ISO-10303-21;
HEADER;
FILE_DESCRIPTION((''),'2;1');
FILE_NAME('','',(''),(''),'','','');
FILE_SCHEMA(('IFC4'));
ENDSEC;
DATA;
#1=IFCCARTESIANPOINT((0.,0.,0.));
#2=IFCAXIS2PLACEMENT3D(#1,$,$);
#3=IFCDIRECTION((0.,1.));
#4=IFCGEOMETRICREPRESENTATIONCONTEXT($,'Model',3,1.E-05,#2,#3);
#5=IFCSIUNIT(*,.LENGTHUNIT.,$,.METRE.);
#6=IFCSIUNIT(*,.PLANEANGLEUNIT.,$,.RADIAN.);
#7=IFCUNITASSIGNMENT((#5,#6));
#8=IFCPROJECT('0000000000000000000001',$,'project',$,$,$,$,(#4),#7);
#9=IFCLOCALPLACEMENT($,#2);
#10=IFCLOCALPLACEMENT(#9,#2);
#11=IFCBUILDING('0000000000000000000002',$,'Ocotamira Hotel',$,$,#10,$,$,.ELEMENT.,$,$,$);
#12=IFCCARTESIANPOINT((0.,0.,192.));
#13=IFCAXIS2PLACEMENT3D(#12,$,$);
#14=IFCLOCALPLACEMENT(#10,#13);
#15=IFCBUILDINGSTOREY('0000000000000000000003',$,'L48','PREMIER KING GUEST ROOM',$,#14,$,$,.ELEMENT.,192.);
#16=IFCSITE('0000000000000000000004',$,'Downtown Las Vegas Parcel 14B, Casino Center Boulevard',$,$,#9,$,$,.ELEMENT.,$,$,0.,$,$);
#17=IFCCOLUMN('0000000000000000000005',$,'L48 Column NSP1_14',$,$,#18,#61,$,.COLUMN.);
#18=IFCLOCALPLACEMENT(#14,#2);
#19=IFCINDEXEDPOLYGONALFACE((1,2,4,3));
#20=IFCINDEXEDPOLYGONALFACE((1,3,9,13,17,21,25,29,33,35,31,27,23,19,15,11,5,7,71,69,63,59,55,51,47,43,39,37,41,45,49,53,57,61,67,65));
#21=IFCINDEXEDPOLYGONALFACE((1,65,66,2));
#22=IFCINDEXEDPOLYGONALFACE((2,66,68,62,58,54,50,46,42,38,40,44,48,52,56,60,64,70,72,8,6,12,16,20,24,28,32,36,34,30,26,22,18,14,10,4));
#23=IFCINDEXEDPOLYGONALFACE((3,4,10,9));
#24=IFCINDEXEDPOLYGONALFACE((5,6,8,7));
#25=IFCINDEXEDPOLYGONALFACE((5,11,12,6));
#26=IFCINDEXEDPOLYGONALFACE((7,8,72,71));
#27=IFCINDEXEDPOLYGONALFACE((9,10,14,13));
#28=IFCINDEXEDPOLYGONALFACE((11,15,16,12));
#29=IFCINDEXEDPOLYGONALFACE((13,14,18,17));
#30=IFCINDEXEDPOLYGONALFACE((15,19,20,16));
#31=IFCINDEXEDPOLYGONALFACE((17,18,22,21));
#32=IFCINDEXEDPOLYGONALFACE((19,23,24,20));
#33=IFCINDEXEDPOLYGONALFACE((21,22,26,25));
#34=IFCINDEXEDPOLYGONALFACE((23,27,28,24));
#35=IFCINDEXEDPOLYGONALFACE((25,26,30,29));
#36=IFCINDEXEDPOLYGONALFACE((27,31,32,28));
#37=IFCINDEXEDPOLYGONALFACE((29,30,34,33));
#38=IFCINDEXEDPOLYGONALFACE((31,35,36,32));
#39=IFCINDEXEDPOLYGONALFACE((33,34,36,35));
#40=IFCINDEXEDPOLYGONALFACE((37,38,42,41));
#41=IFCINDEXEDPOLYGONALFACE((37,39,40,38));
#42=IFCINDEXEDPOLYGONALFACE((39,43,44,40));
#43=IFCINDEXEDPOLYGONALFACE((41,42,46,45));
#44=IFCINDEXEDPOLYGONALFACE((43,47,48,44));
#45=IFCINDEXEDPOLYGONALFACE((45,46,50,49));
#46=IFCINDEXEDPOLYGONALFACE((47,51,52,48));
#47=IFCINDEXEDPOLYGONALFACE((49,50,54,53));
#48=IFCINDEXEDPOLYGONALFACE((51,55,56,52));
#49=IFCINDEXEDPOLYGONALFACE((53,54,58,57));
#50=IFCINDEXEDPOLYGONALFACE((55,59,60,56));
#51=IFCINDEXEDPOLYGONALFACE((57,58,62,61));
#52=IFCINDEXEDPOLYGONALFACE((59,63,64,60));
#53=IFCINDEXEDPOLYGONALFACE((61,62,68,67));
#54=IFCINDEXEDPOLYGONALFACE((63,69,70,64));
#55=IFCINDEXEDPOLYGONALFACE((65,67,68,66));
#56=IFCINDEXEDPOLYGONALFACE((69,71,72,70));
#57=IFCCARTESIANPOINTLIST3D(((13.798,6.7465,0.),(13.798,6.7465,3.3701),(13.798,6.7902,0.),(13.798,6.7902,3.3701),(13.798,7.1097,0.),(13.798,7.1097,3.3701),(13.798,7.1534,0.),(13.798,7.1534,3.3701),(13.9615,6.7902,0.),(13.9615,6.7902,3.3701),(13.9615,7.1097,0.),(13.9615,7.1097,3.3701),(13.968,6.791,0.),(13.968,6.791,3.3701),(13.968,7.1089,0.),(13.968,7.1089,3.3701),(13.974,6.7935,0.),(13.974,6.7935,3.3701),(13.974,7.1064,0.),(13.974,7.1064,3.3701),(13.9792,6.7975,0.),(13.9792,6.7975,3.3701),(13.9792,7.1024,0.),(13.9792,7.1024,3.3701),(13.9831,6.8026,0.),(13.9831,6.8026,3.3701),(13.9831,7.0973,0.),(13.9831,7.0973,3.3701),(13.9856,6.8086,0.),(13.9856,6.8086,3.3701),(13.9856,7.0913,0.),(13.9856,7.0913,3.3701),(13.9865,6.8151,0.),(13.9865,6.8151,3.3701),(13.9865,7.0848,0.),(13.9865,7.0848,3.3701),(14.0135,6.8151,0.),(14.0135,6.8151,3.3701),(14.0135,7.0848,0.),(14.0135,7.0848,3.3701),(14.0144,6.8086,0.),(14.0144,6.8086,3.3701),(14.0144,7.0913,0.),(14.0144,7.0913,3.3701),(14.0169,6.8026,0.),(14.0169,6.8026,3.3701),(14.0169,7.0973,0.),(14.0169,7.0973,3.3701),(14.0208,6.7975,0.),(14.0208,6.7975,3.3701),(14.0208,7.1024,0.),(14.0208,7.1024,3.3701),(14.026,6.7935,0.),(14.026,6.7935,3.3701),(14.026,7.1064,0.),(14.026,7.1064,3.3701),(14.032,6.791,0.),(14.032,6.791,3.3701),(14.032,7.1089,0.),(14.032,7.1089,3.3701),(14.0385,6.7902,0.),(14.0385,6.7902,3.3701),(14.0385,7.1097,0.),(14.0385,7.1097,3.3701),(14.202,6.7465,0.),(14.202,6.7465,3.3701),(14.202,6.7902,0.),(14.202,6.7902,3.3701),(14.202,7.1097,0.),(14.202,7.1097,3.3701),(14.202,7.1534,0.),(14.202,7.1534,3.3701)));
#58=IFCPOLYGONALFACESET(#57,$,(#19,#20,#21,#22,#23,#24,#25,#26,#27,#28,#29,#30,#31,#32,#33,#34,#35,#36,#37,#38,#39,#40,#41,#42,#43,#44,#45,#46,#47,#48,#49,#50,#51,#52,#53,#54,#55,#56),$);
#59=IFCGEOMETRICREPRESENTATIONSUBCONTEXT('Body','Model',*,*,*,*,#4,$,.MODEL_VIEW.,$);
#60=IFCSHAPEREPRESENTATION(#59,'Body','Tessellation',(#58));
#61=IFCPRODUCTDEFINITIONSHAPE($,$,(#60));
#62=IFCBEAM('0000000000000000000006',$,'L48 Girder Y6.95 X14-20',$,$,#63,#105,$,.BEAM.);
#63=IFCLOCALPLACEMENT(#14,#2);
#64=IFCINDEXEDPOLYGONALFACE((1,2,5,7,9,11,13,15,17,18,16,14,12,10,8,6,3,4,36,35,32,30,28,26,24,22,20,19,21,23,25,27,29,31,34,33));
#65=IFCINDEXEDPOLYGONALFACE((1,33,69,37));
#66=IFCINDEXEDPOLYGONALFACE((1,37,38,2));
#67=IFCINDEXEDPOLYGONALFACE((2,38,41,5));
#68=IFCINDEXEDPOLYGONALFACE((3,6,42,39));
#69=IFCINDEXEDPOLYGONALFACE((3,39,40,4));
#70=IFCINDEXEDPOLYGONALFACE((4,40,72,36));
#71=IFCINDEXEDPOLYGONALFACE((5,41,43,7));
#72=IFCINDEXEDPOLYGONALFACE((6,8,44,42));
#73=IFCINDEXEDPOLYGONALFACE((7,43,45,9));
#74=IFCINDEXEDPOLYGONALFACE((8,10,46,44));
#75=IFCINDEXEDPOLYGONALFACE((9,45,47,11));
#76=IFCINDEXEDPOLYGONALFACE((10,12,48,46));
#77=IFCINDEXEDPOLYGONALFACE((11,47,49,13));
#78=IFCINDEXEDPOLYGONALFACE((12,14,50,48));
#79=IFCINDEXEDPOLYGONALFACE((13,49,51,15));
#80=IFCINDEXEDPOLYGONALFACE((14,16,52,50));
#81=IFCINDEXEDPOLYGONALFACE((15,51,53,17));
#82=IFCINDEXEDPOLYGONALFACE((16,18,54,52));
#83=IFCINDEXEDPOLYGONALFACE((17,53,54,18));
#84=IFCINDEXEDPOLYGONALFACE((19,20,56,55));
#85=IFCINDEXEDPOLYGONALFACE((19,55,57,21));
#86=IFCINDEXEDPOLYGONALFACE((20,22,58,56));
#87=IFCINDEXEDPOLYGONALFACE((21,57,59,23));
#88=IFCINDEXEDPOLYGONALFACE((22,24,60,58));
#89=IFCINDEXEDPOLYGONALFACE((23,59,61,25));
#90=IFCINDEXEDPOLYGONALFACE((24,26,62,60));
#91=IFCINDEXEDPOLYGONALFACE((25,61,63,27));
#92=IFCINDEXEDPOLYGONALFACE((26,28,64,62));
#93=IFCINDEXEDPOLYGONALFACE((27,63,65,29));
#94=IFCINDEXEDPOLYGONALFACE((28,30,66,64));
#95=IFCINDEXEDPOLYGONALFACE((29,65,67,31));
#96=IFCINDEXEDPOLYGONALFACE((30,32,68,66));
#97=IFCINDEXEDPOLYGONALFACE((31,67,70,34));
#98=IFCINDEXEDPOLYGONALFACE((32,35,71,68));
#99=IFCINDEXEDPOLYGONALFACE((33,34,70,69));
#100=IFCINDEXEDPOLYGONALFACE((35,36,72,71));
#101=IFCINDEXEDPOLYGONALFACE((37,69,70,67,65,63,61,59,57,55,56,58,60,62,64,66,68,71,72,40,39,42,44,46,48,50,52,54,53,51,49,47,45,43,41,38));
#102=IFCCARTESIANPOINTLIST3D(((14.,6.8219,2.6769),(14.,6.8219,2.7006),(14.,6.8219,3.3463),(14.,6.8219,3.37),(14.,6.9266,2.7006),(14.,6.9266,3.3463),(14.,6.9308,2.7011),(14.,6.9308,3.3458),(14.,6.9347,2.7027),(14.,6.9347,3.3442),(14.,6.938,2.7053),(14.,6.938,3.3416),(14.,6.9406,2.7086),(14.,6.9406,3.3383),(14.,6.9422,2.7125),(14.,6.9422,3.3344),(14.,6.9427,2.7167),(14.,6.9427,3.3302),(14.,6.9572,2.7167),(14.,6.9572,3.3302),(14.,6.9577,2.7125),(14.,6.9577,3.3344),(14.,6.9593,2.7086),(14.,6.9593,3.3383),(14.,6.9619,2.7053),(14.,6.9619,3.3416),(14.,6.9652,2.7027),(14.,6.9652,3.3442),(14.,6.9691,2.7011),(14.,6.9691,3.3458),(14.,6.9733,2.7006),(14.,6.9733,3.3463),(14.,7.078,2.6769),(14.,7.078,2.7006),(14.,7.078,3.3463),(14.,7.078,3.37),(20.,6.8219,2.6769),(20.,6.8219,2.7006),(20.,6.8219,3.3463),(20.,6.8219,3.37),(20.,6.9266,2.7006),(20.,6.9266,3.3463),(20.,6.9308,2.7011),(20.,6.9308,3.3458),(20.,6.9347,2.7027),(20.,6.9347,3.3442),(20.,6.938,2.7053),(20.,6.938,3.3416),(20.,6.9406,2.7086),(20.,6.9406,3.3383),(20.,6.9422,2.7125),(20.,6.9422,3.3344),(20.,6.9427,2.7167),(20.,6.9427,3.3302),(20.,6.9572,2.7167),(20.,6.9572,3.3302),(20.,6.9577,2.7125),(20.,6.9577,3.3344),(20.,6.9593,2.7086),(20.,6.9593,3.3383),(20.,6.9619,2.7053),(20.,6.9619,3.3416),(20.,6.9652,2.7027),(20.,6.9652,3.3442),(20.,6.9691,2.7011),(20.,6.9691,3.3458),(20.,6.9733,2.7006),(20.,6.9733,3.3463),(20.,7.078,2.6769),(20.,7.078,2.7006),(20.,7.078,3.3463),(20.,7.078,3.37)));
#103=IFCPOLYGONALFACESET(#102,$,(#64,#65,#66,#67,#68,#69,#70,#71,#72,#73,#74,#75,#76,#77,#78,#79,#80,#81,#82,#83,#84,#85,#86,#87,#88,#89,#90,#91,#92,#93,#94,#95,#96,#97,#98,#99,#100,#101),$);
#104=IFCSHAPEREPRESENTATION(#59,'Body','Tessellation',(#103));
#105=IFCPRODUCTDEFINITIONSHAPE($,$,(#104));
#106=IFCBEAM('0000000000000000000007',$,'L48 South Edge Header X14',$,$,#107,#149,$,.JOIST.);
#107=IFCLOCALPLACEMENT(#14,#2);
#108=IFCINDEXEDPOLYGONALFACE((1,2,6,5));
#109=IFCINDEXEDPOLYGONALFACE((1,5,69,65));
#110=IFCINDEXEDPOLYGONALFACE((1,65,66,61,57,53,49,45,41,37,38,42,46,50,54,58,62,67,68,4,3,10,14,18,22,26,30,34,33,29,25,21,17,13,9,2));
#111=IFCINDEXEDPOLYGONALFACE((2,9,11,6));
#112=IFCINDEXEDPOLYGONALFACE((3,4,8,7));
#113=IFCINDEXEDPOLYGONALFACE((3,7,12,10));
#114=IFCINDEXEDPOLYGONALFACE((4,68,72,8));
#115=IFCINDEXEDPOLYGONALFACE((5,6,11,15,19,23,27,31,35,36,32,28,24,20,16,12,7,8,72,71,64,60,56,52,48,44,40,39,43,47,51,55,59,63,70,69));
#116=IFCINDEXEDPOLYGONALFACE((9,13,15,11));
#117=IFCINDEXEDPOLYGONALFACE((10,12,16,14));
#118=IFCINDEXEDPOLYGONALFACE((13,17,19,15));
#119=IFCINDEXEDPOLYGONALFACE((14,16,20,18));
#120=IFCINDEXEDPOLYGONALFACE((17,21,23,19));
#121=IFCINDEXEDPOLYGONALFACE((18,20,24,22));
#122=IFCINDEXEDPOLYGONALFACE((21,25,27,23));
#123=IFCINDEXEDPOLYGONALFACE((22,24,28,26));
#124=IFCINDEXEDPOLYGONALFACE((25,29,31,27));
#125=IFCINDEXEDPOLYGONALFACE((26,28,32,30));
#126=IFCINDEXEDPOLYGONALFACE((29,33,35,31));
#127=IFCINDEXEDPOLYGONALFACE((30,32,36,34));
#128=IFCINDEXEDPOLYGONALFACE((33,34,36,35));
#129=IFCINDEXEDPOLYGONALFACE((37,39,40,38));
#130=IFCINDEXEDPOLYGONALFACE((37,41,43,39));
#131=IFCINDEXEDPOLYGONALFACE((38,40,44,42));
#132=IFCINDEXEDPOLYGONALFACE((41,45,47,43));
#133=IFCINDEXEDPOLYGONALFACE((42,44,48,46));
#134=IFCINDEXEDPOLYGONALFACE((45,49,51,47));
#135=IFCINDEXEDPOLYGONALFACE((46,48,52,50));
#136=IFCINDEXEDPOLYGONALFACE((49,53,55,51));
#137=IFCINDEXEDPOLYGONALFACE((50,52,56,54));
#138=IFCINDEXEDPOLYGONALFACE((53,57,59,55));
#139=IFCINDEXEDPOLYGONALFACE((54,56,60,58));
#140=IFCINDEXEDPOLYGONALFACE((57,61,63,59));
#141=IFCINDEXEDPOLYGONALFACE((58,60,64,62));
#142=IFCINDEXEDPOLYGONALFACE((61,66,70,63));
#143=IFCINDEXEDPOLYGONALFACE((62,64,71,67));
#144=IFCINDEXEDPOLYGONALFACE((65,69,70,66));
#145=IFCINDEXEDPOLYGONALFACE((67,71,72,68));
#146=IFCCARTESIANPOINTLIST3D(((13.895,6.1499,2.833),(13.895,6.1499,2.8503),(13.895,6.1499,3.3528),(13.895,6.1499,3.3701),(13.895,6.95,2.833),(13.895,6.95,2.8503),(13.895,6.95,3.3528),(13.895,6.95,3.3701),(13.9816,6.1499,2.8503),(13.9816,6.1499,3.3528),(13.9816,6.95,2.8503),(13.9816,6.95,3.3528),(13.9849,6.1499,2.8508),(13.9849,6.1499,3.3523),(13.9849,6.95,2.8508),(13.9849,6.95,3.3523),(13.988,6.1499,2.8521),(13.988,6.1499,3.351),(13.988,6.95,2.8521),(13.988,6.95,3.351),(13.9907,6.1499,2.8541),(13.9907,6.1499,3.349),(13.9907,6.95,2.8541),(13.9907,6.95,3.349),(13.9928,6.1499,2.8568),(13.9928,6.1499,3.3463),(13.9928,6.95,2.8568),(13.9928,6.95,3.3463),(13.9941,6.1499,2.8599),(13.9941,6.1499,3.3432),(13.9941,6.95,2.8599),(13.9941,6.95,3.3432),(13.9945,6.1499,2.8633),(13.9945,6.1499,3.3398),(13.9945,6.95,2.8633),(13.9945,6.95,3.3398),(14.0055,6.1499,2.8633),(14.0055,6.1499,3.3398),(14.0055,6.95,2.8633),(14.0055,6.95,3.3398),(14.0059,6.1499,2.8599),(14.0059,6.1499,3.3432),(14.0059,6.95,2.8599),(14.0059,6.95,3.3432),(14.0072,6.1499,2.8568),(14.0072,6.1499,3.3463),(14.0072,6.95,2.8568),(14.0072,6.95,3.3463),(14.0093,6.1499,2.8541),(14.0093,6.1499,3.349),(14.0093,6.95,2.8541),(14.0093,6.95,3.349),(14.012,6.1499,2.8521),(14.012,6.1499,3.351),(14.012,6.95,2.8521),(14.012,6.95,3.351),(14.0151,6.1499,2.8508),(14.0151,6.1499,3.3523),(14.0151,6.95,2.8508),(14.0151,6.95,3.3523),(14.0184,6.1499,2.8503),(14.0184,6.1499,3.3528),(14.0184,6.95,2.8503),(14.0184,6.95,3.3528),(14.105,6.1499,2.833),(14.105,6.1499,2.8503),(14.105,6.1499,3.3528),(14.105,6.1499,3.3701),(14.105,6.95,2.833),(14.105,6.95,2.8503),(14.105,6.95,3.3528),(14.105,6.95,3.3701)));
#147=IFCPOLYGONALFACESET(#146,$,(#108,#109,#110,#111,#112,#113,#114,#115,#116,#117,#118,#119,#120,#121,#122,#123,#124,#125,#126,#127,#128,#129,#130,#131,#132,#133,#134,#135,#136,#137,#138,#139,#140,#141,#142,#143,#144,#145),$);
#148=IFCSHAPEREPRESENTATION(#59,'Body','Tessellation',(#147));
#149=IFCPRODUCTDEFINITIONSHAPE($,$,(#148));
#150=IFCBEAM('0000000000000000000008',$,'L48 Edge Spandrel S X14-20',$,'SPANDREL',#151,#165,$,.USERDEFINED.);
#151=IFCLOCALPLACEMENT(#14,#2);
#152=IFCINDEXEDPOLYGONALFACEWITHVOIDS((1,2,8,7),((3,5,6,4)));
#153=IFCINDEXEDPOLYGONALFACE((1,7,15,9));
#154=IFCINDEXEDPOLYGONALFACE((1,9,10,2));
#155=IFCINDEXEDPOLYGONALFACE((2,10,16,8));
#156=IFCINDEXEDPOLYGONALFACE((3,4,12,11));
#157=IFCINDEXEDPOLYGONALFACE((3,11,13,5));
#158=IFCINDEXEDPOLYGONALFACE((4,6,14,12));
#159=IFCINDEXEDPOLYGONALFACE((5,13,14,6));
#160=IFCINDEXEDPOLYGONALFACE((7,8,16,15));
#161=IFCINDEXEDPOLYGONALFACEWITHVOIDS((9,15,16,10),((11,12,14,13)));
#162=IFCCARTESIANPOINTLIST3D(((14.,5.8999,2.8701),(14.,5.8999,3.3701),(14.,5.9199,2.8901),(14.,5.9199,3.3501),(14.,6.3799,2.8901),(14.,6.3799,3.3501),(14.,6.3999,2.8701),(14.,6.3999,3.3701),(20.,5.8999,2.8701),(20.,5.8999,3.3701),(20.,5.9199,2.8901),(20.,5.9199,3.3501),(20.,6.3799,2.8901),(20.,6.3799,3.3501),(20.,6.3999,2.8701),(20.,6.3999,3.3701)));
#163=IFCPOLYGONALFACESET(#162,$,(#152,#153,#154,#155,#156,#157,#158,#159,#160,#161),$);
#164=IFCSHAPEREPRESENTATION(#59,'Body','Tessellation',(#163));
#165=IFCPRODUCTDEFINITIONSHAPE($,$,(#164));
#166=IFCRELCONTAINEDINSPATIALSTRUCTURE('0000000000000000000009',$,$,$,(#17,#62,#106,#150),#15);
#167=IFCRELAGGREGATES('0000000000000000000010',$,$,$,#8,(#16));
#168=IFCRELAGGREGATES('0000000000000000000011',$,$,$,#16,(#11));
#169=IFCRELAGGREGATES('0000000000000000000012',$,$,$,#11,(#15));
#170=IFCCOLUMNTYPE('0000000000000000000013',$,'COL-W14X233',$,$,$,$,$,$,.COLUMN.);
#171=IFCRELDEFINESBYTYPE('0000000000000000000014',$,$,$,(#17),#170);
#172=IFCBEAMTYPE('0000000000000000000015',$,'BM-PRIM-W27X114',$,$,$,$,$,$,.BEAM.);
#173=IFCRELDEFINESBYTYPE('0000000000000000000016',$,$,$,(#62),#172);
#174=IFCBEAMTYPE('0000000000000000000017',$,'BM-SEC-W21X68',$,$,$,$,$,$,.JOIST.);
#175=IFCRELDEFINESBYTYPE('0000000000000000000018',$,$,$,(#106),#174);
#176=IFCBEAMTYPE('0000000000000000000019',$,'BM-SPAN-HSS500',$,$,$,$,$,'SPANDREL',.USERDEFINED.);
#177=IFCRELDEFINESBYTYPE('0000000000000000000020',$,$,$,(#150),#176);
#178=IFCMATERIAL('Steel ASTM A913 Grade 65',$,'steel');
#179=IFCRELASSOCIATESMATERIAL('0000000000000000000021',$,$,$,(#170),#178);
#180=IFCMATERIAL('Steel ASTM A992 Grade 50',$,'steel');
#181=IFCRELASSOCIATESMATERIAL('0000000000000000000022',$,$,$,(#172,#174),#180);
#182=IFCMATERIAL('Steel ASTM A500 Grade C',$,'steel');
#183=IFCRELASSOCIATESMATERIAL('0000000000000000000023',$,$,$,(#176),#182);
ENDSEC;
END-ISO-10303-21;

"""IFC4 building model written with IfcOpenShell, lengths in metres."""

from ifc_helpers import new_model, si_unit, direction, frame, origin, origin_2d, place, context, subcontext, project, spatial, hollow_rectangle, i_section, extrude, source, transform, mapped, material, material_profile, profile_set, type_object, element, save


model = new_model("IFC4")

# Units and contexts
model_context = context("Model", 3, precision=1e-05, world=origin(), true_north=direction((0.0, 1.0)))
body_context = subcontext(model_context, "Body", "Model", "MODEL_VIEW")
ifc_project = project(units=[si_unit("LENGTHUNIT", "METRE"), si_unit("PLANEANGLEUNIT", "RADIAN")], contexts=[model_context])

# Site, building, storey
site_placement = place(None, origin())
site = spatial("IfcSite", under=ifc_project, at=site_placement, Name="Downtown Las Vegas Parcel 14B, Casino Center Boulevard", CompositionType="ELEMENT", RefElevation=0.0)
building_placement = place(site_placement, origin())
building = spatial("IfcBuilding", under=site, at=building_placement, Name="Ocotamira Hotel", CompositionType="ELEMENT")
storey_placement = place(building_placement, frame((0.0, 0.0, 192.0)))
storey = spatial("IfcBuildingStorey", under=building, at=storey_placement, Name="L48", Description="PREMIER KING GUEST ROOM", CompositionType="ELEMENT", Elevation=192.0)

# Column
ifc_material_1 = material(Name="Steel ASTM A913 Grade 65", Category="steel")
ifc_material_profile_1 = material_profile(ifc_material_1, i_section(OverallWidth=0.4041, OverallDepth=0.407, WebThickness=0.0271, FlangeThickness=0.0437, FilletRadius=0.0249, at=origin_2d()), Name="W14X233")
ifc_profile_set_1 = profile_set([ifc_material_profile_1], Name="Steel ASTM A913 Grade 65")
column_type = type_object("IfcColumnType", Name="COL-W14X233", PredefinedType="COLUMN", material=ifc_profile_set_1)
shared_shape_1 = source(origin(), body_context, "Body", "SweptSolid", [
    extrude(i_section(OverallWidth=0.4041, OverallDepth=0.407, WebThickness=0.0271, FlangeThickness=0.0437, FilletRadius=0.0249, at=origin_2d()), origin(), (0.0, 0.0, 1.0), 3.3701),
])
column_placement = place(storey_placement, frame((14.0, 6.95, 0.0), z_axis=(0.0, 0.0, 1.0), x_axis=(1.0, 0.0, 0.0)))
element("IfcColumn", 1, at=column_placement, inside=storey, type_object=column_type, Name="L48 Column NSP1_14", PredefinedType="COLUMN", context=body_context, shape_type="MappedRepresentation", body=[
    mapped(shared_shape_1, transform((0.0, 0.0, 0.0), scale=1.0)),
])

# Beams
ifc_material_2 = material(Name="Steel ASTM A992 Grade 50", Category="steel")
ifc_material_profile_2 = material_profile(ifc_material_2, i_section(OverallWidth=0.2561, OverallDepth=0.6931, WebThickness=0.0144, FlangeThickness=0.0237, FilletRadius=0.0161, at=origin_2d()), Name="W27X114")
ifc_profile_set_2 = profile_set([ifc_material_profile_2], Name="Steel ASTM A992 Grade 50")
beam_type_1 = type_object("IfcBeamType", Name="BM-PRIM-W27X114", PredefinedType="BEAM", material=ifc_profile_set_2)
shared_shape_2 = source(origin(), body_context, "Body", "SweptSolid", [
    extrude(i_section(OverallWidth=0.2561, OverallDepth=0.6931, WebThickness=0.0144, FlangeThickness=0.0237, FilletRadius=0.0161, at=origin_2d()), origin(), (0.0, 0.0, 1.0), 6.0),
])
beam_1_placement = place(storey_placement, frame((14.0, 6.95, 3.0234), z_axis=(1.0, 0.0, 0.0), x_axis=(0.0, 1.0, 0.0)))
element("IfcBeam", 2, at=beam_1_placement, inside=storey, type_object=beam_type_1, Name="L48 Girder Y6.95 X14-20", PredefinedType="BEAM", context=body_context, shape_type="MappedRepresentation", body=[
    mapped(shared_shape_2, transform((0.0, 0.0, 0.0), scale=1.0)),
])
ifc_material_profile_3 = material_profile(ifc_material_2, i_section(OverallWidth=0.21, OverallDepth=0.5371, WebThickness=0.011, FlangeThickness=0.0173, FilletRadius=0.0129, at=origin_2d()), Name="W21X68")
ifc_profile_set_3 = profile_set([ifc_material_profile_3], Name="Steel ASTM A992 Grade 50")
beam_type_2 = type_object("IfcBeamType", Name="BM-SEC-W21X68", PredefinedType="JOIST", material=ifc_profile_set_3)
shared_shape_3 = source(origin(), body_context, "Body", "SweptSolid", [
    extrude(i_section(OverallWidth=0.21, OverallDepth=0.5371, WebThickness=0.011, FlangeThickness=0.0173, FilletRadius=0.0129, at=origin_2d()), origin(), (0.0, 0.0, 1.0), 0.8),
])
beam_2_placement = place(storey_placement, frame((14.0, 6.95, 3.1016), z_axis=(0.0, -1.0, 0.0), x_axis=(1.0, 0.0, 0.0)))
element("IfcBeam", 3, at=beam_2_placement, inside=storey, type_object=beam_type_2, Name="L48 South Edge Header X14", PredefinedType="JOIST", context=body_context, shape_type="MappedRepresentation", body=[
    mapped(shared_shape_3, transform((0.0, 0.0, 0.0), scale=1.0)),
])
ifc_material_3 = material(Name="Steel ASTM A500 Grade C", Category="steel")
ifc_material_profile_4 = material_profile(ifc_material_3, hollow_rectangle(XDim=0.5, YDim=0.5, WallThickness=0.02, at=origin_2d()), Name="HSS500X500X20")
ifc_profile_set_4 = profile_set([ifc_material_profile_4], Name="Steel ASTM A500 Grade C")
beam_type_3 = type_object("IfcBeamType", Name="BM-SPAN-HSS500", ElementType="SPANDREL", PredefinedType="USERDEFINED", material=ifc_profile_set_4)
shared_shape_4 = source(origin(), body_context, "Body", "SweptSolid", [
    extrude(hollow_rectangle(XDim=0.5, YDim=0.5, WallThickness=0.02, at=origin_2d()), origin(), (0.0, 0.0, 1.0), 6.0),
])
beam_3_placement = place(storey_placement, frame((14.0, 6.1499, 3.1201), z_axis=(1.0, 0.0, 0.0), x_axis=(0.0, 1.0, 0.0)))
element("IfcBeam", 4, at=beam_3_placement, inside=storey, type_object=beam_type_3, Name="L48 Edge Spandrel S X14-20", ObjectType="SPANDREL", PredefinedType="USERDEFINED", context=body_context, shape_type="MappedRepresentation", body=[
    mapped(shared_shape_4, transform((0.0, 0.0, 0.0), scale=1.0)),
])

save(model, "model.ifc")
